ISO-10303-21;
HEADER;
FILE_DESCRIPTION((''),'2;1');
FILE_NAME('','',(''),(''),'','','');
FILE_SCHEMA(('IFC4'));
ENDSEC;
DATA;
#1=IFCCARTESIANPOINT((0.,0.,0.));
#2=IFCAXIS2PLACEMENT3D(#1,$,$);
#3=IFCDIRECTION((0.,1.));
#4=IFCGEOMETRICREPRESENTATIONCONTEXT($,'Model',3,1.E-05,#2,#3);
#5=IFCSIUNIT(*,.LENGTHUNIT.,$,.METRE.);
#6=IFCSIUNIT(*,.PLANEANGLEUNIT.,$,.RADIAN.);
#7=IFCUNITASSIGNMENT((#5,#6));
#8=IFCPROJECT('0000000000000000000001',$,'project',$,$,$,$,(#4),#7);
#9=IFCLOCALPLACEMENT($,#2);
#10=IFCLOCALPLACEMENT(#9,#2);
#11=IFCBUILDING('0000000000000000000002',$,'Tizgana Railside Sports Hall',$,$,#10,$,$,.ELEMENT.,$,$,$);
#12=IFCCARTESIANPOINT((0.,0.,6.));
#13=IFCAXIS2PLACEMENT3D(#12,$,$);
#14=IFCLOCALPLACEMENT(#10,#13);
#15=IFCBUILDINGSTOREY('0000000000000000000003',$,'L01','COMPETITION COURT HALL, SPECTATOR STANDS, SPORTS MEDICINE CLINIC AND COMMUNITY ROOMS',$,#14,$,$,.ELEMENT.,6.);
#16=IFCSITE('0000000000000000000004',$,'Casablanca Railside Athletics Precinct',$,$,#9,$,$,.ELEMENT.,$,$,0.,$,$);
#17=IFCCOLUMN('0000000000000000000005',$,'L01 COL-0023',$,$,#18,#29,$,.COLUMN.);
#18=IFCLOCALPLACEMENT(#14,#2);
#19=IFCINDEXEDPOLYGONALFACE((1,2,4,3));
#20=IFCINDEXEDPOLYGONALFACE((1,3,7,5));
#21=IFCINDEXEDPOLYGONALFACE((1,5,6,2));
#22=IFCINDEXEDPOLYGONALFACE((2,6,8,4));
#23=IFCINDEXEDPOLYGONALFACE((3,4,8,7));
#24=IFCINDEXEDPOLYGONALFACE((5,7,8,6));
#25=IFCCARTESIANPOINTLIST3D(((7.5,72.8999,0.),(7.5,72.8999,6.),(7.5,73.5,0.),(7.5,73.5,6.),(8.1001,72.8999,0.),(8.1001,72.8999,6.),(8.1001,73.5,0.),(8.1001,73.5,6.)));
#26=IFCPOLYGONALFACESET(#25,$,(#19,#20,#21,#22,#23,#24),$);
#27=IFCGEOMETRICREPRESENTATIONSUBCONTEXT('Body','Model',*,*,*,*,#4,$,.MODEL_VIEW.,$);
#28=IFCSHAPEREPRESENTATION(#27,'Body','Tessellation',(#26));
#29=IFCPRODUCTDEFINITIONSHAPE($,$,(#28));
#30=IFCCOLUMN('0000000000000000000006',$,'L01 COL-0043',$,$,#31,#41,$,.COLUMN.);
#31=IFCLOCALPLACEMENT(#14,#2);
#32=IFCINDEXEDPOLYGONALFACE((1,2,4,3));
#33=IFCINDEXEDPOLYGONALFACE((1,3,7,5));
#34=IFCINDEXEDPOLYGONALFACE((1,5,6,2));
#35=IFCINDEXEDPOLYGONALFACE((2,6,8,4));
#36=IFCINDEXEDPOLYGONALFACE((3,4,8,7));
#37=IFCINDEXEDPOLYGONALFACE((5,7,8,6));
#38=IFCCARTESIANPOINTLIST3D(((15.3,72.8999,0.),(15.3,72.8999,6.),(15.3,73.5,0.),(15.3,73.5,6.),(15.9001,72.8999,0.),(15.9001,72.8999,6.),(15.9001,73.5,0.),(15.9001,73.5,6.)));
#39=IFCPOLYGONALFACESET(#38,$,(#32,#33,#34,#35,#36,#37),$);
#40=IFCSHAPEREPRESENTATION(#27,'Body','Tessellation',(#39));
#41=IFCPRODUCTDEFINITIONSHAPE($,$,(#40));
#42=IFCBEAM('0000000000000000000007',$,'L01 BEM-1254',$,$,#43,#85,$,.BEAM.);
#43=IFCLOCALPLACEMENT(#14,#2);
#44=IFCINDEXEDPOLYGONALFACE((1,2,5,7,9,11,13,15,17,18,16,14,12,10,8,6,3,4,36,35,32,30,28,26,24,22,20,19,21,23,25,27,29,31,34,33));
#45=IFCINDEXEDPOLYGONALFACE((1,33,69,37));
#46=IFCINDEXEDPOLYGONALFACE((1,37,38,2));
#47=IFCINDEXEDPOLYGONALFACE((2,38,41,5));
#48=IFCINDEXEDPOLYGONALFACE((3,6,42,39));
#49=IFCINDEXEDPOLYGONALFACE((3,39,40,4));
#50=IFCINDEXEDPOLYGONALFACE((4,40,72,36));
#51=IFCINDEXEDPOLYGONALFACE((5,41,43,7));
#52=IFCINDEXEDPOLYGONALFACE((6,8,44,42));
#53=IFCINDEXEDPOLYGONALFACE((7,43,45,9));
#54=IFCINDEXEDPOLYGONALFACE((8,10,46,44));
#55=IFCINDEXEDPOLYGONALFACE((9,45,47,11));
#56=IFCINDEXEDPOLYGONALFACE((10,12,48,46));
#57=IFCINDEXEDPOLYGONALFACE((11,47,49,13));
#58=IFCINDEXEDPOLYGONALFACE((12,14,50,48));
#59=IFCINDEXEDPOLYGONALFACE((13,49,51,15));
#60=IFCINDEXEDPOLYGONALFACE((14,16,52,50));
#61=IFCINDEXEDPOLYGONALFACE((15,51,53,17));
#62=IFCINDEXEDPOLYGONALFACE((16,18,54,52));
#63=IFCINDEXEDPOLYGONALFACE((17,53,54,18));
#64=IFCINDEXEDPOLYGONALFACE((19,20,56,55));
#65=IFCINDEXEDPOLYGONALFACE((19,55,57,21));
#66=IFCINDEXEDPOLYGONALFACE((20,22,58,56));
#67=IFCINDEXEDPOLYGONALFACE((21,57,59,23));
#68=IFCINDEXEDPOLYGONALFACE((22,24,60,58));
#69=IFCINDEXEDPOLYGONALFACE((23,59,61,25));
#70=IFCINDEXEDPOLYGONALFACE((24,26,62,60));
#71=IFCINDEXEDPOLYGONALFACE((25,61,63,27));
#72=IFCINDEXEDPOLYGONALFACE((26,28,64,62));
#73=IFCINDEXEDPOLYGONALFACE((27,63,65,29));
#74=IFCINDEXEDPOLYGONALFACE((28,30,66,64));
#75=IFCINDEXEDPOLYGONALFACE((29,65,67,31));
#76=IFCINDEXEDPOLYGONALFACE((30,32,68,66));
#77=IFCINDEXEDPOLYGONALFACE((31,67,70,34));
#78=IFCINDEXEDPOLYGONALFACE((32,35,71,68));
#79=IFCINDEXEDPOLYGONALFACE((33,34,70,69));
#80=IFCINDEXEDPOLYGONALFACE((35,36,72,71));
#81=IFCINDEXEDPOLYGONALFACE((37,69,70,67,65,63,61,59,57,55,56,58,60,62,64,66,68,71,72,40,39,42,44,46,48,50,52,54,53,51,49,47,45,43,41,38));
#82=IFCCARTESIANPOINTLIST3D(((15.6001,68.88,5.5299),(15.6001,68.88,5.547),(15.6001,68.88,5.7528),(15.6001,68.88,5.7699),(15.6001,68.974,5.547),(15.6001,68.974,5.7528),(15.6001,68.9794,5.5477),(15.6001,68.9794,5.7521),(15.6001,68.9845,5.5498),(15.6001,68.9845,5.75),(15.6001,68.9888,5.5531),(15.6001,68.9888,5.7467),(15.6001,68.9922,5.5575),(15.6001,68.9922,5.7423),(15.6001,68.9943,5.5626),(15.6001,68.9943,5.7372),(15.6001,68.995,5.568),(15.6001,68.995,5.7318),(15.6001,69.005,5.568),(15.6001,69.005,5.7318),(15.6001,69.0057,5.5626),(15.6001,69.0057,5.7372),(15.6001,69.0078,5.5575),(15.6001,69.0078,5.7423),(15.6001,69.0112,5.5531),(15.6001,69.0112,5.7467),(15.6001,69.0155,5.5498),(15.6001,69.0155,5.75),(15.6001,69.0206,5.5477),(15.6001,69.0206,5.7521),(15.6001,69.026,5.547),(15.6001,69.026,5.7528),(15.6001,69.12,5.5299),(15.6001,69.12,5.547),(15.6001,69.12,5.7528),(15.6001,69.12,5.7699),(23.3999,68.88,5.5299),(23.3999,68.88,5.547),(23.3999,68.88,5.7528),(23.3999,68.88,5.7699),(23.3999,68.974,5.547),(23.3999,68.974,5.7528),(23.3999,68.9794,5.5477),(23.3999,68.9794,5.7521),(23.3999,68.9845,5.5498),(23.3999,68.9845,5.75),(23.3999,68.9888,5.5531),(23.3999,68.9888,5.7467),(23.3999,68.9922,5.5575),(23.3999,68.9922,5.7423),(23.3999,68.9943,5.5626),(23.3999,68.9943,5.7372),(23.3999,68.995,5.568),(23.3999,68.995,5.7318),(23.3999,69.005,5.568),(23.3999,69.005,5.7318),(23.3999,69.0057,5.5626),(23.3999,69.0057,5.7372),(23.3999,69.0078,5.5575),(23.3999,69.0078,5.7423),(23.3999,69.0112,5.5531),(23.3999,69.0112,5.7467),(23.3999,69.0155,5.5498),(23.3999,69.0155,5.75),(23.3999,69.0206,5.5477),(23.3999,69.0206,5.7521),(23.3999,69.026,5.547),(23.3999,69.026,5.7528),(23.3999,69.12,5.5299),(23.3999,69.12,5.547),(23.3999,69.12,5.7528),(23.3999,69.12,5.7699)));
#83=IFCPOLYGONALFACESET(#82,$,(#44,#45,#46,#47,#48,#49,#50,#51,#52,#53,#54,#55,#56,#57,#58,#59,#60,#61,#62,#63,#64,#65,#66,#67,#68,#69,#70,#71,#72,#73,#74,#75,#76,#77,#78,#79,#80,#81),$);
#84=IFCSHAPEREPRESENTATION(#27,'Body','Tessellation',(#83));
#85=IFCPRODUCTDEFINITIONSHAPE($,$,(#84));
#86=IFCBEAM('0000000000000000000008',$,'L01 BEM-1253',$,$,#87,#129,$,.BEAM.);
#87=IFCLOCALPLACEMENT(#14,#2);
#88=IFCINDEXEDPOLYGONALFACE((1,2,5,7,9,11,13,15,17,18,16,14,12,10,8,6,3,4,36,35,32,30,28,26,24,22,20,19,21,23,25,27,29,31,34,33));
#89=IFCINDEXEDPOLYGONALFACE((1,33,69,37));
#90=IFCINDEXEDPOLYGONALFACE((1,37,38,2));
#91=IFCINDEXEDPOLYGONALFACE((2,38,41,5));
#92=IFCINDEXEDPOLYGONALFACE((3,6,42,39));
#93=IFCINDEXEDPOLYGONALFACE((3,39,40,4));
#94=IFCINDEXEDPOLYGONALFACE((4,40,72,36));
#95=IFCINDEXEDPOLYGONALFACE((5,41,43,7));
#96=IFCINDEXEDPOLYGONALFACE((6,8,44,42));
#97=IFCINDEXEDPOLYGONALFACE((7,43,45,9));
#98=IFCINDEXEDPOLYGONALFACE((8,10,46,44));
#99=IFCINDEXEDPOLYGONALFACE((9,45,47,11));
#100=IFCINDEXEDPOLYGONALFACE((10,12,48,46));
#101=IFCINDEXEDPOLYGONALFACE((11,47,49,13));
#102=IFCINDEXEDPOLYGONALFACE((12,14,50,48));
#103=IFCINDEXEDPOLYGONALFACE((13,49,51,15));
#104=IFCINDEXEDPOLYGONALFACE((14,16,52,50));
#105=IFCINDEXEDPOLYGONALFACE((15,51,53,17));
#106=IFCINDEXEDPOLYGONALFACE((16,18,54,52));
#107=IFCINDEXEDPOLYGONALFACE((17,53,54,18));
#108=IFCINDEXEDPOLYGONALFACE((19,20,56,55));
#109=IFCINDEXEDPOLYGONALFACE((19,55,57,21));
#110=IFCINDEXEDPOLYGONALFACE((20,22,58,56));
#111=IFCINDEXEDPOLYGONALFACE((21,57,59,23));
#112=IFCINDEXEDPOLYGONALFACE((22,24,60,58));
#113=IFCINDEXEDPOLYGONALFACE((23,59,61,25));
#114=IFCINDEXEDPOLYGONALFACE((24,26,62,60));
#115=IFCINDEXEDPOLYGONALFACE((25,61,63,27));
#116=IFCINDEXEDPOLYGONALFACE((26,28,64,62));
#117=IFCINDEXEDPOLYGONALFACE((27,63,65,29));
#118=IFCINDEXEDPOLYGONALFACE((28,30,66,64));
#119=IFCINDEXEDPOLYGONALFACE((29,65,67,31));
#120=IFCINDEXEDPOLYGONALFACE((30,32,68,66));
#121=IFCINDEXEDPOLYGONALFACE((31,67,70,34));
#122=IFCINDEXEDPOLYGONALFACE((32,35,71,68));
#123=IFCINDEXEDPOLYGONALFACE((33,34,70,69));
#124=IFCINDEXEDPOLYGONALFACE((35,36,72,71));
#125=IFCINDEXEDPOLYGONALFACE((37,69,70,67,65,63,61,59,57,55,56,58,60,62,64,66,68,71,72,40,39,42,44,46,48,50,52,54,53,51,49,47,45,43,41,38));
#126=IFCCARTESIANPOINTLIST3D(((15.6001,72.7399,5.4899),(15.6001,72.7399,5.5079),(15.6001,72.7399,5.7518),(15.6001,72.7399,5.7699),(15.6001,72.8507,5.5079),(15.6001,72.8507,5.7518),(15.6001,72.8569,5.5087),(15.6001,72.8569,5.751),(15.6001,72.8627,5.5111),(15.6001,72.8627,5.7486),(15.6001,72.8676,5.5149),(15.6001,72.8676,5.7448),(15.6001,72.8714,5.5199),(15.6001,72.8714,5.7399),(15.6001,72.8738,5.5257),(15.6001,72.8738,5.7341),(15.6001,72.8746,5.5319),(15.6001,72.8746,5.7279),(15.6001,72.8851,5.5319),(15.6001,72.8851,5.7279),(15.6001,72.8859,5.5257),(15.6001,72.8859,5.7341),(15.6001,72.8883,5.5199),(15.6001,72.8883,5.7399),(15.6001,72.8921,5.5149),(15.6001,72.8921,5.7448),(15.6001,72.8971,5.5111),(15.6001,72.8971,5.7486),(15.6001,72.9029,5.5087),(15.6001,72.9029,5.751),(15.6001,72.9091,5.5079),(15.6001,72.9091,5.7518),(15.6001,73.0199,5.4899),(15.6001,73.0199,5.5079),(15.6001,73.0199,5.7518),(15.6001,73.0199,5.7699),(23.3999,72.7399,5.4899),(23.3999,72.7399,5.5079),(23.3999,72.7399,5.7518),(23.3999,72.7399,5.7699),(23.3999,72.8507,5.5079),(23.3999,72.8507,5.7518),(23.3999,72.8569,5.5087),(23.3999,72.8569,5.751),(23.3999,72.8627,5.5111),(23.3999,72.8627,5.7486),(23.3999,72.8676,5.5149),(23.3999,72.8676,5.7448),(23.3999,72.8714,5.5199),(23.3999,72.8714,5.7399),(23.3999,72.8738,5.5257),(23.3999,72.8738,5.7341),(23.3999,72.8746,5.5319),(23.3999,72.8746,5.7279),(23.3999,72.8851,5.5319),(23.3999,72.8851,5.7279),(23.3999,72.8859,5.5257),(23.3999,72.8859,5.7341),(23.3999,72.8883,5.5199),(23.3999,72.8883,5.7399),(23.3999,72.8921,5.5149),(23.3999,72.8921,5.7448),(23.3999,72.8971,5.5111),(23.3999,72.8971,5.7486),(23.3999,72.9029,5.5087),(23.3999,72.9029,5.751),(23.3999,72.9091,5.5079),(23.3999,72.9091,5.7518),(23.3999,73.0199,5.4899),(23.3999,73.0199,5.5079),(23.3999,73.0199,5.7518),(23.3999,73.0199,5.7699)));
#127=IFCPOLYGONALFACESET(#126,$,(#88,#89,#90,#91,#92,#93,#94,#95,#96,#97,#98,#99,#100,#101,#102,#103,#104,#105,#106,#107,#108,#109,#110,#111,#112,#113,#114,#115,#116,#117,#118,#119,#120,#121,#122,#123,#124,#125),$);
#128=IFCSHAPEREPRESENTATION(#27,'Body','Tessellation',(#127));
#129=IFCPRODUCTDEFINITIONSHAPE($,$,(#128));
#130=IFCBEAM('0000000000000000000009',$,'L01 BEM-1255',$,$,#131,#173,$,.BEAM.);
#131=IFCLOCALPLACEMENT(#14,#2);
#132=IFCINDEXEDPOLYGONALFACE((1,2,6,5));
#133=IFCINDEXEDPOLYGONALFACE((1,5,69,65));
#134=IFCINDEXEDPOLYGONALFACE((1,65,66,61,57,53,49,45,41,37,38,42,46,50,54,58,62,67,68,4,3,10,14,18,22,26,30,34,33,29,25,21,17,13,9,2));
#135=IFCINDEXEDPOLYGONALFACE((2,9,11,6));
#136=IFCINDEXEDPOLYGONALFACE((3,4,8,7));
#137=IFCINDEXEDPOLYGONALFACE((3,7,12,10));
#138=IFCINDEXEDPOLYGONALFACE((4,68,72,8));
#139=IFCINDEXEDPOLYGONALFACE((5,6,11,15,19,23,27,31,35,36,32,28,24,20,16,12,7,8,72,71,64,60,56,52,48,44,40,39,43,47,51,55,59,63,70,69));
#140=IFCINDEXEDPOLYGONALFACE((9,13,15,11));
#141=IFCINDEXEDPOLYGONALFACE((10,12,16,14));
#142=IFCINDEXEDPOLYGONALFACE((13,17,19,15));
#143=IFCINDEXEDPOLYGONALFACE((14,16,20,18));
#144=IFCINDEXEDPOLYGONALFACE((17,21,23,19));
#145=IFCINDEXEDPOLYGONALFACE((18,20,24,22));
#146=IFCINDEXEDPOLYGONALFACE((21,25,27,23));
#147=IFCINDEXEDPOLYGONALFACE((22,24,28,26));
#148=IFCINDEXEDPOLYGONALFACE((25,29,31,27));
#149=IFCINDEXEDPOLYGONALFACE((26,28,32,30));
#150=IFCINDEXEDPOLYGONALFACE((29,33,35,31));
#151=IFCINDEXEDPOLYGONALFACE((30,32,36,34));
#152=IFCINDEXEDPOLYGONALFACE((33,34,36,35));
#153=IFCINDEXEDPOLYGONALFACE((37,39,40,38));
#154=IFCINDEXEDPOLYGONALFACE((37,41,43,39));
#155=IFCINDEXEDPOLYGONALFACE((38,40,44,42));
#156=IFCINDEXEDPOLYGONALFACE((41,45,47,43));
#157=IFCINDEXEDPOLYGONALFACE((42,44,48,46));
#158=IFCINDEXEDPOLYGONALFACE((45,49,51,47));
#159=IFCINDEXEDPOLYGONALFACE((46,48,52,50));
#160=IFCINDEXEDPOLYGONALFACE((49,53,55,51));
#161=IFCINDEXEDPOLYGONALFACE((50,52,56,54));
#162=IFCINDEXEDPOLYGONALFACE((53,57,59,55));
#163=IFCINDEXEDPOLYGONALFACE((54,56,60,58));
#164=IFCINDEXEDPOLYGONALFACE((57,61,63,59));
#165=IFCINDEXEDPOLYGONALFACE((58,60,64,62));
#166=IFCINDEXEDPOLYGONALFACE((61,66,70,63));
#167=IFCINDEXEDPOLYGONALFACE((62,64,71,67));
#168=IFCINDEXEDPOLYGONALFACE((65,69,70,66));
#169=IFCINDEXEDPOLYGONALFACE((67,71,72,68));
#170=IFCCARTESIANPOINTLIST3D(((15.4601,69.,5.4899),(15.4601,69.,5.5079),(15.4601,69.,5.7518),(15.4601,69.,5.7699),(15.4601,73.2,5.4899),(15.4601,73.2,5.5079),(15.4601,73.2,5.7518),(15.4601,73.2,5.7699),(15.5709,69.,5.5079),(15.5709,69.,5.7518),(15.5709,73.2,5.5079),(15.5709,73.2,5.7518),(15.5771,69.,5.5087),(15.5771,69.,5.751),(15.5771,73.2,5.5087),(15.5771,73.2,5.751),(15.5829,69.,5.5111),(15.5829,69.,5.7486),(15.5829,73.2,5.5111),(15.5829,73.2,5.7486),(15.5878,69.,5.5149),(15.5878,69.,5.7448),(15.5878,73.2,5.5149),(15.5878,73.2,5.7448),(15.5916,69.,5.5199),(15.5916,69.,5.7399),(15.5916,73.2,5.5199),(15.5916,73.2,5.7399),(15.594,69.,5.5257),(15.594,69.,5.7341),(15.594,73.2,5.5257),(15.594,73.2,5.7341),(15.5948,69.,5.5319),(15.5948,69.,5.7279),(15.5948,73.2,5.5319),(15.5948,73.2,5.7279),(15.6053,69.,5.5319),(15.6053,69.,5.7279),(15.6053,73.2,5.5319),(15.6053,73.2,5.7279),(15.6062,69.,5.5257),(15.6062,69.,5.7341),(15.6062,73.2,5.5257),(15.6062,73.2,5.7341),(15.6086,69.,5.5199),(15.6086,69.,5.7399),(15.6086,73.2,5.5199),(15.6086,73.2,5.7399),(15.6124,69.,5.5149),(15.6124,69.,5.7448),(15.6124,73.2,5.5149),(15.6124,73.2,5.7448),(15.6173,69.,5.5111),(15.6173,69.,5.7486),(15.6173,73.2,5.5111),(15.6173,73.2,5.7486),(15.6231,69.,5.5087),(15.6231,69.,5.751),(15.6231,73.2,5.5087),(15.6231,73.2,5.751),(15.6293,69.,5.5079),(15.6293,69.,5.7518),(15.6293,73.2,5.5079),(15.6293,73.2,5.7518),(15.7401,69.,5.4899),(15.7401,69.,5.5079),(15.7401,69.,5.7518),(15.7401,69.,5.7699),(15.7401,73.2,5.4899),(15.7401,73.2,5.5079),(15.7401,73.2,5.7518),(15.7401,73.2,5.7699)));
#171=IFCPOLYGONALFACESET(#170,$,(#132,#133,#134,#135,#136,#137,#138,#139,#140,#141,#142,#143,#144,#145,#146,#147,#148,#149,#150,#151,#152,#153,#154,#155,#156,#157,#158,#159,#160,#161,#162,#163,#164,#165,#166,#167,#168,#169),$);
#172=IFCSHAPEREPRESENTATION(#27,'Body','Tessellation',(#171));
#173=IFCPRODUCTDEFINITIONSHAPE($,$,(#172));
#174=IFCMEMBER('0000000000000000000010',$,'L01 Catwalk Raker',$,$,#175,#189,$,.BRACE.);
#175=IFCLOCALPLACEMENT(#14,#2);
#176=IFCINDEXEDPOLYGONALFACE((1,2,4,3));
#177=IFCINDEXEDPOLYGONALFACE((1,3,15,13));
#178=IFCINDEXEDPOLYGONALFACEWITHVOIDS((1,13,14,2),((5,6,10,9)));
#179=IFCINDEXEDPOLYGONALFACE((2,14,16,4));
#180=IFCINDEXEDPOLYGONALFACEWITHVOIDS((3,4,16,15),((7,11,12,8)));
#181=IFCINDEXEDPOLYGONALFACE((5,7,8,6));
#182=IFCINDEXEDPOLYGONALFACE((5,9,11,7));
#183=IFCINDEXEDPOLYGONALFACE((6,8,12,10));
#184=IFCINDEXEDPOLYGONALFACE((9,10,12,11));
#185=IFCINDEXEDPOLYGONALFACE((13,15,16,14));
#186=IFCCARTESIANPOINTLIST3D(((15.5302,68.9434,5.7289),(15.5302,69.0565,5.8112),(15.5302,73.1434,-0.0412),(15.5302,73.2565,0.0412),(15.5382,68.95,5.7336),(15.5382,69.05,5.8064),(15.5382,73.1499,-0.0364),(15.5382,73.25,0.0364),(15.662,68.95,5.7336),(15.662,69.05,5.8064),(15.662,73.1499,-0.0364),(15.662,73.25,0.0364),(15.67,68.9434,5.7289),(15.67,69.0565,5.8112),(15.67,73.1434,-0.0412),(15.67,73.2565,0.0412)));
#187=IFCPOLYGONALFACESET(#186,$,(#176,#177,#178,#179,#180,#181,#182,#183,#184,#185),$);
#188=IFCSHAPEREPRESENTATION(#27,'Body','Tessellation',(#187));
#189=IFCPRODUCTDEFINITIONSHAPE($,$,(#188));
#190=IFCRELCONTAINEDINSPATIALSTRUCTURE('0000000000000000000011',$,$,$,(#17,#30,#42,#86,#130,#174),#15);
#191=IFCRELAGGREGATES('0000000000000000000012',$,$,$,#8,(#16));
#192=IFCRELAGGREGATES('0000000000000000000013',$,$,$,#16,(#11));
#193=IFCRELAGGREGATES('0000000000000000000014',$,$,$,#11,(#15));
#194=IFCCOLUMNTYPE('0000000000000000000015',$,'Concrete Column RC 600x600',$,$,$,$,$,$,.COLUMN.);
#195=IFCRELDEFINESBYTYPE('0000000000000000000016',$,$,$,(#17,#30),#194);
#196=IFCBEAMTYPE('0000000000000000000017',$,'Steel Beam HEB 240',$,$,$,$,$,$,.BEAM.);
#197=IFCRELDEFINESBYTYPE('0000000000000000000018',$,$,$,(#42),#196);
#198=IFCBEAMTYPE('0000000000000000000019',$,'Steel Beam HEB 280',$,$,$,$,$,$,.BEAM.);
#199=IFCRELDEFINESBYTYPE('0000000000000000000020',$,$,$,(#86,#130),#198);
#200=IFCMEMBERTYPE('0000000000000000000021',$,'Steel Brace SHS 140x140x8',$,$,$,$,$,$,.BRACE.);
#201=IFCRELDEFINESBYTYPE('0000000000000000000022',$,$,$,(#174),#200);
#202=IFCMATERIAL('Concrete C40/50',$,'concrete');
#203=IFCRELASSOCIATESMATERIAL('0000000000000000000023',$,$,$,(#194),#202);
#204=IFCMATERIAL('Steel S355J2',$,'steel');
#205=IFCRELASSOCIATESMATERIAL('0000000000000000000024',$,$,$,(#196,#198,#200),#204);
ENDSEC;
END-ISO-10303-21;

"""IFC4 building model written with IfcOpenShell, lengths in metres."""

from ifc_helpers import new_model, si_unit, direction, frame, origin, origin_2d, place, context, subcontext, project, spatial, rectangle, hollow_rectangle, i_section, extrude, material, material_profile, profile_set, type_object, element, save


model = new_model("IFC4")

# Units and contexts
model_context = context("Model", 3, precision=1e-05, world=origin(), true_north=direction((0.0, 1.0)))
body_context = subcontext(model_context, "Body", "Model", "MODEL_VIEW")
ifc_project = project(units=[si_unit("LENGTHUNIT", "METRE"), si_unit("PLANEANGLEUNIT", "RADIAN")], contexts=[model_context])

# Site, building, storey
site_placement = place(None, origin())
site = spatial("IfcSite", under=ifc_project, at=site_placement, Name="Casablanca Railside Athletics Precinct", CompositionType="ELEMENT", RefElevation=0.0)
building_placement = place(site_placement, origin())
building = spatial("IfcBuilding", under=site, at=building_placement, Name="Tizgana Railside Sports Hall", CompositionType="ELEMENT")
storey_placement = place(building_placement, frame((0.0, 0.0, 6.0)))
storey = spatial("IfcBuildingStorey", under=building, at=storey_placement, Name="L01", Description="COMPETITION COURT HALL, SPECTATOR STANDS, SPORTS MEDICINE CLINIC AND COMMUNITY ROOMS", CompositionType="ELEMENT", Elevation=6.0)

# Columns
ifc_material_1 = material(Name="Concrete C40/50", Category="concrete")
ifc_material_profile_1 = material_profile(ifc_material_1, rectangle(XDim=0.6001, YDim=0.6001, at=origin_2d()), Name="RC 600x600")
ifc_profile_set_1 = profile_set([ifc_material_profile_1], Name="Concrete C40/50")
column_type = type_object("IfcColumnType", Name="Concrete Column RC 600x600", PredefinedType="COLUMN", material=ifc_profile_set_1)
for number, where, z_axis, x_axis, name in (
    (1, (7.8, 73.2, 0.0), (0.0, 0.0, 1.0), (1.0, 0.0, 0.0), "L01 COL-0023"),
    (2, (15.6001, 73.2, 0.0), (0.0, 0.0, 1.0), (1.0, 0.0, 0.0), "L01 COL-0043"),
):
    element("IfcColumn", number, at=place(storey_placement, frame(where, z_axis=z_axis, x_axis=x_axis)), inside=storey, type_object=column_type, Name=name, PredefinedType="COLUMN", context=body_context, shape_type="SweptSolid", body=[
        extrude(rectangle(XDim=0.6001, YDim=0.6001, at=origin_2d()), origin(), (0.0, 0.0, 1.0), 6.0),
    ])

# Beams
ifc_material_2 = material(Name="Steel S355J2", Category="steel")
ifc_material_profile_2 = material_profile(ifc_material_2, i_section(OverallWidth=0.24, OverallDepth=0.24, WebThickness=0.01, FlangeThickness=0.0171, FilletRadius=0.021, at=origin_2d()), Name="HEB 240")
ifc_profile_set_2 = profile_set([ifc_material_profile_2], Name="Steel S355J2")
beam_type_1 = type_object("IfcBeamType", Name="Steel Beam HEB 240", PredefinedType="BEAM", material=ifc_profile_set_2)
beam_1_placement = place(storey_placement, frame((15.6001, 69.0, 5.6499), z_axis=(1.0, 0.0, 0.0), x_axis=(0.0, 1.0, 0.0)))
element("IfcBeam", 3, at=beam_1_placement, inside=storey, type_object=beam_type_1, Name="L01 BEM-1254", PredefinedType="BEAM", context=body_context, shape_type="SweptSolid", body=[
    extrude(i_section(OverallWidth=0.24, OverallDepth=0.24, WebThickness=0.01, FlangeThickness=0.0171, FilletRadius=0.021, at=origin_2d()), origin(), (0.0, 0.0, 1.0), 7.7998),
])
ifc_material_profile_3 = material_profile(ifc_material_2, i_section(OverallWidth=0.28, OverallDepth=0.28, WebThickness=0.0105, FlangeThickness=0.0181, FilletRadius=0.0239, at=origin_2d()), Name="HEB 280")
ifc_profile_set_3 = profile_set([ifc_material_profile_3], Name="Steel S355J2")
beam_type_2 = type_object("IfcBeamType", Name="Steel Beam HEB 280", PredefinedType="BEAM", material=ifc_profile_set_3)
beam_2_placement = place(storey_placement, frame((15.6001, 72.8799, 5.6299), z_axis=(1.0, 0.0, 0.0), x_axis=(0.0, 1.0, 0.0)))
element("IfcBeam", 4, at=beam_2_placement, inside=storey, type_object=beam_type_2, Name="L01 BEM-1253", PredefinedType="BEAM", context=body_context, shape_type="SweptSolid", body=[
    extrude(i_section(OverallWidth=0.28, OverallDepth=0.28, WebThickness=0.0105, FlangeThickness=0.0181, FilletRadius=0.0239, at=origin_2d()), origin(), (0.0, 0.0, 1.0), 7.7998),
])
beam_3_placement = place(storey_placement, frame((15.6001, 73.2, 5.6299), z_axis=(0.0, -1.0, 0.0), x_axis=(1.0, 0.0, 0.0)))
element("IfcBeam", 5, at=beam_3_placement, inside=storey, type_object=beam_type_2, Name="L01 BEM-1255", PredefinedType="BEAM", context=body_context, shape_type="SweptSolid", body=[
    extrude(i_section(OverallWidth=0.28, OverallDepth=0.28, WebThickness=0.0105, FlangeThickness=0.0181, FilletRadius=0.0239, at=origin_2d()), origin(), (0.0, 0.0, 1.0), 4.2),
])

# Member
ifc_material_profile_4 = material_profile(ifc_material_2, hollow_rectangle(XDim=0.1399, YDim=0.1399, WallThickness=0.0081, at=origin_2d()), Name="SHS 140x140x8")
ifc_profile_set_4 = profile_set([ifc_material_profile_4], Name="Steel S355J2")
member_type = type_object("IfcMemberType", Name="Steel Brace SHS 140x140x8", PredefinedType="BRACE", material=ifc_profile_set_4)
member_placement = place(storey_placement, frame((15.6001, 73.2, 0.0), z_axis=(0.0, -0.588499, 0.808498), x_axis=(1.0, 0.0, 0.0)))
element("IfcMember", 6, at=member_placement, inside=storey, type_object=member_type, Name="L01 Catwalk Raker", PredefinedType="BRACE", context=body_context, shape_type="SweptSolid", body=[
    extrude(hollow_rectangle(XDim=0.1399, YDim=0.1399, WallThickness=0.0081, at=origin_2d()), origin(), (0.0, 0.0, 1.0), 7.1367),
])

save(model, "model.ifc")
